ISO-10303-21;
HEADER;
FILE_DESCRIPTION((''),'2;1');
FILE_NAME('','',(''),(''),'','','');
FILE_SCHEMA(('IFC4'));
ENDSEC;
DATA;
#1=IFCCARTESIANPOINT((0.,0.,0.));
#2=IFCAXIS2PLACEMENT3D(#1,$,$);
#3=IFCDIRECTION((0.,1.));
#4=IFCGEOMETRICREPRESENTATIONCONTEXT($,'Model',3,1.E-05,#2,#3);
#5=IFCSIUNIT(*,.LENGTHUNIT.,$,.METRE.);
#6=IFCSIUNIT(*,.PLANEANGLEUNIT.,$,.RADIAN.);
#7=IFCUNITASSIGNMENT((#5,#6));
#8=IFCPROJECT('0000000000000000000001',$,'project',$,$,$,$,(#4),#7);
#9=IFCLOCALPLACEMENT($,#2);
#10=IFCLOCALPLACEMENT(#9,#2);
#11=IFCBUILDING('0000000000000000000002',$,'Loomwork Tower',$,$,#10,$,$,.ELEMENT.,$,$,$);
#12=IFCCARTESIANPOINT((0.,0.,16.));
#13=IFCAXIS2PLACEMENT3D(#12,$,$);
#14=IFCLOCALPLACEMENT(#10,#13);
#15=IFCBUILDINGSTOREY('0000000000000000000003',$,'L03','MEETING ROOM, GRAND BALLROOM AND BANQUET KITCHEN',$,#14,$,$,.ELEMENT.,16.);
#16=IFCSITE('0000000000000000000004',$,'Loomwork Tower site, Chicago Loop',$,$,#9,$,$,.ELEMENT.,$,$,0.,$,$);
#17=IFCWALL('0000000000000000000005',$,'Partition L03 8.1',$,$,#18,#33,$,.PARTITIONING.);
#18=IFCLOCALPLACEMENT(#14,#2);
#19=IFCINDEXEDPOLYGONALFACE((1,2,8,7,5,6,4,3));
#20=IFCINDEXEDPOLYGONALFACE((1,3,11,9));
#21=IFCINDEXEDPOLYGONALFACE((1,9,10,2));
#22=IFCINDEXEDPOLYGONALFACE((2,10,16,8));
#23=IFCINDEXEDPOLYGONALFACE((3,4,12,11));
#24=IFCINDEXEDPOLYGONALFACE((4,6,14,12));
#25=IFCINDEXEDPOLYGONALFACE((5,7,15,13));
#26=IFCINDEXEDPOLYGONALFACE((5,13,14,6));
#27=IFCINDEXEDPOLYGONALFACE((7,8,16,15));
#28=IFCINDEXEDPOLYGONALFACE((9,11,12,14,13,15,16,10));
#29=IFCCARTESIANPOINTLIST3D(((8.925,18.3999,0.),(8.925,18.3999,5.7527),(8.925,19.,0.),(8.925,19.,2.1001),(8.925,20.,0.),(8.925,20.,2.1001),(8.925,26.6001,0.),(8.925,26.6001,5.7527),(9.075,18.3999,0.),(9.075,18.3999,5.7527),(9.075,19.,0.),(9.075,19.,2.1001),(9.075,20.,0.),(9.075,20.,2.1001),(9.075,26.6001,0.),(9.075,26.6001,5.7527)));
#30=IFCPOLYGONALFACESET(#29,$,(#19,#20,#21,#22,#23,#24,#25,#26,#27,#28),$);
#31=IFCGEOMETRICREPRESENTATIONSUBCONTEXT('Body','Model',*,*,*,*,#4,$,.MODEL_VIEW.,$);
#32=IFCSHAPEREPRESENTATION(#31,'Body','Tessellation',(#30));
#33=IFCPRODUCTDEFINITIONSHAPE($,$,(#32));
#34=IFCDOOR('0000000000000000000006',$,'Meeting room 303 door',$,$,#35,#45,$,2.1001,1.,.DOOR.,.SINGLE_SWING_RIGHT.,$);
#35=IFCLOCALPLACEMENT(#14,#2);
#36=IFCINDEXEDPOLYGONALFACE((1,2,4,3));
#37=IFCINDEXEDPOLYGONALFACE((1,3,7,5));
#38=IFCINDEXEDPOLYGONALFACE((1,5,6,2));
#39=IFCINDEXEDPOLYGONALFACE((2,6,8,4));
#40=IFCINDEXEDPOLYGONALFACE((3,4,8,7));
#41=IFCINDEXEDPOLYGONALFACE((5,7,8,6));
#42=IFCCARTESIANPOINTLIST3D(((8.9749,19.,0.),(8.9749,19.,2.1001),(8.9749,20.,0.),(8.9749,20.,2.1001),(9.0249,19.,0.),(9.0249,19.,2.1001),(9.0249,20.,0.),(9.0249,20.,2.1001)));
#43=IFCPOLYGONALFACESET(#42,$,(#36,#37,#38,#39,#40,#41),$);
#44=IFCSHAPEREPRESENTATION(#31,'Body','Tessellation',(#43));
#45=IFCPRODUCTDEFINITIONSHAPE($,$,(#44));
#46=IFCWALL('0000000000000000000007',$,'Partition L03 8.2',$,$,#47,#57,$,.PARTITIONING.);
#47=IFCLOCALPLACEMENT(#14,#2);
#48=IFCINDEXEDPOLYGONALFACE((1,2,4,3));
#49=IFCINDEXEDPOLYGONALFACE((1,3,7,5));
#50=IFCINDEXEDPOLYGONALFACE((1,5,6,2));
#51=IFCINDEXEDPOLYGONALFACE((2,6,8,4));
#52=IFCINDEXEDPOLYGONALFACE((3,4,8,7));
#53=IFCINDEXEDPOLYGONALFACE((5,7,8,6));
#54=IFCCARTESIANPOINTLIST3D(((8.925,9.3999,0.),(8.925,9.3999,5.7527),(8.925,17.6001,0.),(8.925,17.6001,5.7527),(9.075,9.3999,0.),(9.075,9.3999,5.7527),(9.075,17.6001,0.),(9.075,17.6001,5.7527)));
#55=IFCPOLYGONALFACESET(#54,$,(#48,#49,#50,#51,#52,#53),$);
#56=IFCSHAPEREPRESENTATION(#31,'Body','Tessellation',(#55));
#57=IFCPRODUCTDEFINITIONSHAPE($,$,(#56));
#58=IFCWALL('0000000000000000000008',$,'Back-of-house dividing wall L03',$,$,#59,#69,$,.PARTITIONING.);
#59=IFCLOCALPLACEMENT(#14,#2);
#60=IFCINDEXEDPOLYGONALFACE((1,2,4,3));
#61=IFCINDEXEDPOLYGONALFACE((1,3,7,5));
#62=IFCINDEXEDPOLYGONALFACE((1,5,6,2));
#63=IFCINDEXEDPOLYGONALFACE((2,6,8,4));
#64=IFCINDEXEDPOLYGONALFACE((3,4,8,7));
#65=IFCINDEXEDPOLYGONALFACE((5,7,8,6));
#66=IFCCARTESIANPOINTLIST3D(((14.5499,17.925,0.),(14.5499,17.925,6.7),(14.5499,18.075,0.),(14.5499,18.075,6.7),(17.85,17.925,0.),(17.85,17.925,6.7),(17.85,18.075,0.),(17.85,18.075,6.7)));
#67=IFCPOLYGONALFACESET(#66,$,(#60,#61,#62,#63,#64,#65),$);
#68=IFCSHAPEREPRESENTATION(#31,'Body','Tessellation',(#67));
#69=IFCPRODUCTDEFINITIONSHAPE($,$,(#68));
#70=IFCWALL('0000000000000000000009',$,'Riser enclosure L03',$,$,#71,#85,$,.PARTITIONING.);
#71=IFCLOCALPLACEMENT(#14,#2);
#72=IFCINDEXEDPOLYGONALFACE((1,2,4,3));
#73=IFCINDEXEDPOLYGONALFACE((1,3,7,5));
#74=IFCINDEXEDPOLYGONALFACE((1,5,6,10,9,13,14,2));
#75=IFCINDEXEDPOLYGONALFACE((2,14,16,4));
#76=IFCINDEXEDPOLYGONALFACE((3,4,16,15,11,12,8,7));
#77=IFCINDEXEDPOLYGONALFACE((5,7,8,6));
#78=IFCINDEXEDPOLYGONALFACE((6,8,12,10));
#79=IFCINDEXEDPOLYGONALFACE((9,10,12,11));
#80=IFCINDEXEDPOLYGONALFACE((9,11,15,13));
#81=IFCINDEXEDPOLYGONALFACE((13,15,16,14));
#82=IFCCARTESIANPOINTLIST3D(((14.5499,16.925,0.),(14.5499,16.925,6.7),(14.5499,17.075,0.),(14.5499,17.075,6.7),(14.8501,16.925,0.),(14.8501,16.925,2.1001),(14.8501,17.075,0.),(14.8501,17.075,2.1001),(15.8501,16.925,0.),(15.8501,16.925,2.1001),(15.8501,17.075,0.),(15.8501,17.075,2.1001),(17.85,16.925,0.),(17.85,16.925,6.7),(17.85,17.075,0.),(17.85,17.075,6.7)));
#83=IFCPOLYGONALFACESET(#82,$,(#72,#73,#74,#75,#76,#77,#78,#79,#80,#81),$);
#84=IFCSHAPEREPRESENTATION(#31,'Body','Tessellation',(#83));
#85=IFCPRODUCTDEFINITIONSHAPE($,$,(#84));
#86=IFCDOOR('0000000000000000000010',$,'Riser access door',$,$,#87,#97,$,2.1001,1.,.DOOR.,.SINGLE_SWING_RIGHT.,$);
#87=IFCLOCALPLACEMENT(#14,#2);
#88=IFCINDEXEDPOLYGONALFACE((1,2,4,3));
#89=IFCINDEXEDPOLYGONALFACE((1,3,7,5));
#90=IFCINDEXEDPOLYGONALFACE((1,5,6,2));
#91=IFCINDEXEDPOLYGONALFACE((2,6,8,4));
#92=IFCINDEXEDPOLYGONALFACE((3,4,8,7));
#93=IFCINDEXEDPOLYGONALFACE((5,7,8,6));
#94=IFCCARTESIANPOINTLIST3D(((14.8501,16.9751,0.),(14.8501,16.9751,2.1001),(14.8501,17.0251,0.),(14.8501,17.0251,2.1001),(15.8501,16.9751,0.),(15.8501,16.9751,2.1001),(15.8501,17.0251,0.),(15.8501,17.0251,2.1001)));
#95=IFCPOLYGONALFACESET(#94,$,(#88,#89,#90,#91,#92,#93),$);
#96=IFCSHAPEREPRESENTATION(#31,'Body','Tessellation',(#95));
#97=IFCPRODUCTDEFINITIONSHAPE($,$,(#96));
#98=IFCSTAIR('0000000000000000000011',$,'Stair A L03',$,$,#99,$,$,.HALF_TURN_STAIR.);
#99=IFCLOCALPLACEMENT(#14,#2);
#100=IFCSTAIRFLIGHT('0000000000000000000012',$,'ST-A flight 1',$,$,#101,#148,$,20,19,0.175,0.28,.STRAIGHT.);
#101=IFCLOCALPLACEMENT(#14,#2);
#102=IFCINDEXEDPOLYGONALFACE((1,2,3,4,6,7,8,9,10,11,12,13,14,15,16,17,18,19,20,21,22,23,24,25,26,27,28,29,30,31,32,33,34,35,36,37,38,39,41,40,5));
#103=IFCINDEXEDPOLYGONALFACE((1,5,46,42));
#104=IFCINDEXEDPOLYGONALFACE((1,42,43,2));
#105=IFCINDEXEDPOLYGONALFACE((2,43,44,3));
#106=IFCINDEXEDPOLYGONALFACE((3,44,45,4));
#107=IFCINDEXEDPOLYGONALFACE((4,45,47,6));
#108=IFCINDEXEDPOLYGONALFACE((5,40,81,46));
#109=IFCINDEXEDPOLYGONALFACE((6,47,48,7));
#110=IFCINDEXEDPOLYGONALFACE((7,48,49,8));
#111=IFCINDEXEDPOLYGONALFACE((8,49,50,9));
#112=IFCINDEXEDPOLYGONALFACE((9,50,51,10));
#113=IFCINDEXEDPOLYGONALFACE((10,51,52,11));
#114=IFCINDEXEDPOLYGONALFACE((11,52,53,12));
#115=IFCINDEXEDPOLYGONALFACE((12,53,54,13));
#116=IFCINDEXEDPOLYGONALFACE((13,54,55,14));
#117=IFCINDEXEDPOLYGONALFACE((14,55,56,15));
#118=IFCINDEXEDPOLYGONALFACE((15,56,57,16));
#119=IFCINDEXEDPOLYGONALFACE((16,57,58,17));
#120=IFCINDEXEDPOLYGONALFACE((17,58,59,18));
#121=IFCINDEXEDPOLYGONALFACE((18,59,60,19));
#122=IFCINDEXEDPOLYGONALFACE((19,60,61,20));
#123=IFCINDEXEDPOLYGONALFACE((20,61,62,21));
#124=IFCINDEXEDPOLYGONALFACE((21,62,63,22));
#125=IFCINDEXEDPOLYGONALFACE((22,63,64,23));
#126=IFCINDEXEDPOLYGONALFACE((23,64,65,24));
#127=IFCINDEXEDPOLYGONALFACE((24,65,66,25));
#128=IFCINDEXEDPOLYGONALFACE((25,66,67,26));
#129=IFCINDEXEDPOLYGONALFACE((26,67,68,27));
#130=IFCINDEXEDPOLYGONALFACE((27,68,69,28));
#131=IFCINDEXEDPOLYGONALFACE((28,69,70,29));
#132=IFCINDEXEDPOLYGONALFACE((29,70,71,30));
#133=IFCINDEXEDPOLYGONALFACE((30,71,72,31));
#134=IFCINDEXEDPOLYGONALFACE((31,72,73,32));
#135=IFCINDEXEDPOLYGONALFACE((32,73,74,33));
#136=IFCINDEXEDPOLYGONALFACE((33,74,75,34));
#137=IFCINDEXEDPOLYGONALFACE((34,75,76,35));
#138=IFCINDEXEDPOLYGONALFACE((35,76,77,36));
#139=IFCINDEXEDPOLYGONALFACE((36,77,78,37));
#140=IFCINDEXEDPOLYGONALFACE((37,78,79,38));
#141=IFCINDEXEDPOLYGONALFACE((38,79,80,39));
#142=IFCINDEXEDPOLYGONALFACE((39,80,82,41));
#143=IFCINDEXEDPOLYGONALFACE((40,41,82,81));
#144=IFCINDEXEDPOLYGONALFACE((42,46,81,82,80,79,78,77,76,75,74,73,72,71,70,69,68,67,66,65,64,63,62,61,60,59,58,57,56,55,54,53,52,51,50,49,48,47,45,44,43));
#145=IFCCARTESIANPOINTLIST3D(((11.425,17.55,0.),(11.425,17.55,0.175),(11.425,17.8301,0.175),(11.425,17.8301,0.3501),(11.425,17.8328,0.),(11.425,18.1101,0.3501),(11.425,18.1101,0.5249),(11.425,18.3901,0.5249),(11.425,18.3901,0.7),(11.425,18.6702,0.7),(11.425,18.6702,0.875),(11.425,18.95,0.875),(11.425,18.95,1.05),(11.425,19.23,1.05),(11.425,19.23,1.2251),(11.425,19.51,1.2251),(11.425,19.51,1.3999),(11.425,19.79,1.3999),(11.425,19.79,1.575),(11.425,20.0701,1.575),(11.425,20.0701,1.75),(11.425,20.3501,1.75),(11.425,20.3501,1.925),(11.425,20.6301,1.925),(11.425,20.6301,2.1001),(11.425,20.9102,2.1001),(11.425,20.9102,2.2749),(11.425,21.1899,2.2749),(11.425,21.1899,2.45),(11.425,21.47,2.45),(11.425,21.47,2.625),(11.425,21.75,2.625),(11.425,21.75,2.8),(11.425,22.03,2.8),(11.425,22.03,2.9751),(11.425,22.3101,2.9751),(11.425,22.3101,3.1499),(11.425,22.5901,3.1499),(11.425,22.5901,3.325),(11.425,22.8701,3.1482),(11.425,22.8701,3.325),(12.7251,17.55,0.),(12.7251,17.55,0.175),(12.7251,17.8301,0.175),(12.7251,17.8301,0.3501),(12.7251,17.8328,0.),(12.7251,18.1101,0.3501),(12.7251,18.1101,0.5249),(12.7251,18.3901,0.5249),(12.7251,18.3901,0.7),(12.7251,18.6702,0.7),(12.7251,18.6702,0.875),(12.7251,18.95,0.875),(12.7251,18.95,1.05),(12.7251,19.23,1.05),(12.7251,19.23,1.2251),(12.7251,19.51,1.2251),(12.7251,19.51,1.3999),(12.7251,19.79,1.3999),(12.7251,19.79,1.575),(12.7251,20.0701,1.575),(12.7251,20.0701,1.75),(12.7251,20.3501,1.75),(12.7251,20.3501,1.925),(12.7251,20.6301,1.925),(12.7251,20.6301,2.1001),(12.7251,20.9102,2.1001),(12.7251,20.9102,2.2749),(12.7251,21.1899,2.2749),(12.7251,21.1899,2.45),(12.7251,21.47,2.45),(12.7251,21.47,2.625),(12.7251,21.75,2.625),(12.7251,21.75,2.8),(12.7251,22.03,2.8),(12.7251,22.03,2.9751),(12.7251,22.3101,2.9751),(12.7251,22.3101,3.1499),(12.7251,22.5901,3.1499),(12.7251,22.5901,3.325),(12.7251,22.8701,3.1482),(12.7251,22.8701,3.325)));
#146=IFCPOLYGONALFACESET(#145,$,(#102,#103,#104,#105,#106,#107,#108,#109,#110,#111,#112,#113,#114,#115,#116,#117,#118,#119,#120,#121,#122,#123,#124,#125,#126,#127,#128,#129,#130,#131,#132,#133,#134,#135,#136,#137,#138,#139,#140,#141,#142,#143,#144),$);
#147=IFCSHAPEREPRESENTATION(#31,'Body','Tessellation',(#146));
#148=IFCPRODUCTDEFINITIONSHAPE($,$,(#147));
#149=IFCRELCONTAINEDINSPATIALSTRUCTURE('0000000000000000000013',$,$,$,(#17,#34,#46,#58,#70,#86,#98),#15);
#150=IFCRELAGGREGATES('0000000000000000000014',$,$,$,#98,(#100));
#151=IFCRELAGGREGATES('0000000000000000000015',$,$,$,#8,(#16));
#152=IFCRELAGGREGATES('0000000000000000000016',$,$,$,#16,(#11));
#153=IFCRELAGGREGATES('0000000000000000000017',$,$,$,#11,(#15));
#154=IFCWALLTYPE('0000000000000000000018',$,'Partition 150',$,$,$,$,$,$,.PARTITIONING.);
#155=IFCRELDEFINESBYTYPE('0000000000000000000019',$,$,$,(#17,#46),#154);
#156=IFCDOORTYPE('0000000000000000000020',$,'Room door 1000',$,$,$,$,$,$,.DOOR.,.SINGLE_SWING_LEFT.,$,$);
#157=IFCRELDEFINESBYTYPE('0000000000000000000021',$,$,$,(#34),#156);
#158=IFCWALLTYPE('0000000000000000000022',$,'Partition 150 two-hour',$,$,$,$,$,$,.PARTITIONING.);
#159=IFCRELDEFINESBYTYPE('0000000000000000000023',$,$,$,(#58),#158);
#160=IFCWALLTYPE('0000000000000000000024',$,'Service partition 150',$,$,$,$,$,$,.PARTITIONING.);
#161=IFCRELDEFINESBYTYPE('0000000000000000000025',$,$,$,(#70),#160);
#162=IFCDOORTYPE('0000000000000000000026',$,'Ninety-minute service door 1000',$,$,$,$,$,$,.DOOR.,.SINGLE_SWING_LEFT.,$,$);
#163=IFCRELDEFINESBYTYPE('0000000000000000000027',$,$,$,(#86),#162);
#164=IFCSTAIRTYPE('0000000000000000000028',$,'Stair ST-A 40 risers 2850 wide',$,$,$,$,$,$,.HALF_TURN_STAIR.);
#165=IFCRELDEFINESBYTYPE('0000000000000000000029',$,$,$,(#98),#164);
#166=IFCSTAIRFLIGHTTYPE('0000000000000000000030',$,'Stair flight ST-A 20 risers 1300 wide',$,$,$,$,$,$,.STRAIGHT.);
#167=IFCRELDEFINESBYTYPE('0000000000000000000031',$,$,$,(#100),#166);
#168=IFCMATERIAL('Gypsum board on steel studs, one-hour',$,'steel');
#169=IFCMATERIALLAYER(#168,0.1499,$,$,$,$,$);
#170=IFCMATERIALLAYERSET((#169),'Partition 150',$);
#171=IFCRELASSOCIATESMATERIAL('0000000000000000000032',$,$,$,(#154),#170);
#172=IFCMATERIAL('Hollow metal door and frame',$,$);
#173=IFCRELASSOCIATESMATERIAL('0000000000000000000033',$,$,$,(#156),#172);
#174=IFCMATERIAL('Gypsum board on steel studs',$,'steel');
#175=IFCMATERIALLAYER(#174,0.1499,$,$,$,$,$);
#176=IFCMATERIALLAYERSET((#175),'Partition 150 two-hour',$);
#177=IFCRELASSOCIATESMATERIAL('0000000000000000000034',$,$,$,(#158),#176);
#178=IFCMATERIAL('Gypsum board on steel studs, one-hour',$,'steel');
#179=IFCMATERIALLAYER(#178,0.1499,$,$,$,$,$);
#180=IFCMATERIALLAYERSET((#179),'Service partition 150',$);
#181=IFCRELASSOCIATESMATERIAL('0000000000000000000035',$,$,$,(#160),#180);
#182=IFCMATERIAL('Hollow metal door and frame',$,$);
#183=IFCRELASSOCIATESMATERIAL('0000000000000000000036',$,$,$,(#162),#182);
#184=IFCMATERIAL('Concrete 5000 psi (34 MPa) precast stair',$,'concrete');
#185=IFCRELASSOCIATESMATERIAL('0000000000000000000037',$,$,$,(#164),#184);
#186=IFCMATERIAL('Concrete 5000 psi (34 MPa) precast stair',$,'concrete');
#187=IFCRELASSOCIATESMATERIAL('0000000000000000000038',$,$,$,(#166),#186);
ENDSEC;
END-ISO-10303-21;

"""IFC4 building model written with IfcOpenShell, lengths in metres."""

from ifc_helpers import new_model, si_unit, direction, frame, frame_2d, origin, place, context, subcontext, project, spatial, polyline, rectangle, outline, extrude, material, layer, layer_set, type_object, element, fill, aggregate, save


model = new_model("IFC4")

# Units and contexts
model_context = context("Model", 3, precision=1e-05, world=origin(), true_north=direction((0.0, 1.0)))
body_context = subcontext(model_context, "Body", "Model", "MODEL_VIEW")
ifc_project = project(units=[si_unit("LENGTHUNIT", "METRE"), si_unit("PLANEANGLEUNIT", "RADIAN")], contexts=[model_context])

# Site, building, storey
site_placement = place(None, origin())
site = spatial("IfcSite", under=ifc_project, at=site_placement, Name="Loomwork Tower site, Chicago Loop", CompositionType="ELEMENT", RefElevation=0.0)
building_placement = place(site_placement, origin())
building = spatial("IfcBuilding", under=site, at=building_placement, Name="Loomwork Tower", CompositionType="ELEMENT")
storey_placement = place(building_placement, frame((0.0, 0.0, 16.0)))
storey = spatial("IfcBuildingStorey", under=building, at=storey_placement, Name="L03", Description="MEETING ROOM, GRAND BALLROOM AND BANQUET KITCHEN", CompositionType="ELEMENT", Elevation=16.0)

# Wall, opening, door
ifc_material_1 = material(Name="Gypsum board on steel studs, one-hour", Category="steel")
ifc_layer_1 = layer(ifc_material_1, 0.1499)
ifc_layer_set_1 = layer_set([ifc_layer_1], Name="Partition 150")
wall_type_1 = type_object("IfcWallType", Name="Partition 150", PredefinedType="PARTITIONING", material=ifc_layer_set_1)
wall_1_placement = place(storey_placement, frame((9.0, 26.6001, 0.0), z_axis=(0.0, 0.0, 1.0), x_axis=(0.0, -1.0, 0.0)))
wall_1 = element("IfcWall", 1, at=wall_1_placement, inside=storey, type_object=wall_type_1, Name="Partition L03 8.1", PredefinedType="PARTITIONING", context=body_context, shape_type="SweptSolid", body=[
    extrude(rectangle(XDim=8.2002, YDim=0.1499, at=frame_2d((4.1001, 0.0))), origin(), (0.0, 0.0, 1.0), 5.7527),
])
opening_1_placement = place(wall_1_placement, frame((6.6001, 0.0, 0.0)))
opening_1 = element("IfcOpeningElement", 2, at=opening_1_placement, cuts=wall_1, PredefinedType="OPENING", context=body_context, shape_type="SweptSolid", body=[
    extrude(rectangle(XDim=1.0, YDim=2.1001, at=frame_2d((0.5, 1.05))), frame((0.0, 0.085, 0.0), z_axis=(0.0, -1.0, 0.0), x_axis=(1.0, 0.0, 0.0)), (0.0, 0.0, 1.0), 0.1699),
])
ifc_material_2 = material(Name="Hollow metal door and frame")
door_type_1 = type_object("IfcDoorType", Name="Room door 1000", OperationType="SINGLE_SWING_LEFT", PredefinedType="DOOR", material=ifc_material_2)
door_1_placement = place(opening_1_placement, origin())
door_1 = element("IfcDoor", 3, at=door_1_placement, inside=storey, type_object=door_type_1, Name="Meeting room 303 door", OperationType="SINGLE_SWING_RIGHT", OverallHeight=2.1001, OverallWidth=1.0, PredefinedType="DOOR", context=body_context, shape_type="SweptSolid", body=[
    extrude(rectangle(XDim=1.0, YDim=2.1001, at=frame_2d((0.5, 1.05))), frame((0.0, 0.0249, 0.0), z_axis=(0.0, -1.0, 0.0), x_axis=(1.0, 0.0, 0.0)), (0.0, 0.0, 1.0), 0.05),
])
fill(opening_1, door_1)

# Walls
wall_2_placement = place(storey_placement, frame((9.0, 17.6001, 0.0), z_axis=(0.0, 0.0, 1.0), x_axis=(0.0, -1.0, 0.0)))
element("IfcWall", 4, at=wall_2_placement, inside=storey, type_object=wall_type_1, Name="Partition L03 8.2", PredefinedType="PARTITIONING", context=body_context, shape_type="SweptSolid", body=[
    extrude(rectangle(XDim=8.2002, YDim=0.1499, at=frame_2d((4.1001, 0.0))), origin(), (0.0, 0.0, 1.0), 5.7527),
])
ifc_material_3 = material(Name="Gypsum board on steel studs", Category="steel")
ifc_layer_2 = layer(ifc_material_3, 0.1499)
ifc_layer_set_2 = layer_set([ifc_layer_2], Name="Partition 150 two-hour")
wall_type_2 = type_object("IfcWallType", Name="Partition 150 two-hour", PredefinedType="PARTITIONING", material=ifc_layer_set_2)
wall_3_placement = place(storey_placement, frame((14.55, 18.0, 0.0), z_axis=(0.0, 0.0, 1.0), x_axis=(1.0, 0.0, 0.0)))
element("IfcWall", 5, at=wall_3_placement, inside=storey, type_object=wall_type_2, Name="Back-of-house dividing wall L03", PredefinedType="PARTITIONING", context=body_context, shape_type="SweptSolid", body=[
    extrude(rectangle(XDim=3.3, YDim=0.1499, at=frame_2d((1.6499, 0.0))), origin(), (0.0, 0.0, 1.0), 6.7),
])

# Wall, opening, door
ifc_material_4 = material(Name="Gypsum board on steel studs, one-hour", Category="steel")
ifc_layer_3 = layer(ifc_material_4, 0.1499)
ifc_layer_set_3 = layer_set([ifc_layer_3], Name="Service partition 150")
wall_type_3 = type_object("IfcWallType", Name="Service partition 150", PredefinedType="PARTITIONING", material=ifc_layer_set_3)
wall_4_placement = place(storey_placement, frame((14.55, 17.0, 0.0), z_axis=(0.0, 0.0, 1.0), x_axis=(1.0, 0.0, 0.0)))
wall_4 = element("IfcWall", 6, at=wall_4_placement, inside=storey, type_object=wall_type_3, Name="Riser enclosure L03", PredefinedType="PARTITIONING", context=body_context, shape_type="SweptSolid", body=[
    extrude(rectangle(XDim=3.3, YDim=0.1499, at=frame_2d((1.6499, 0.0))), origin(), (0.0, 0.0, 1.0), 6.7),
])
opening_2_placement = place(wall_4_placement, frame((0.3, 0.0, 0.0)))
opening_2 = element("IfcOpeningElement", 7, at=opening_2_placement, cuts=wall_4, PredefinedType="OPENING", context=body_context, shape_type="SweptSolid", body=[
    extrude(rectangle(XDim=1.0, YDim=2.1001, at=frame_2d((0.5, 1.05))), frame((0.0, 0.085, 0.0), z_axis=(0.0, -1.0, 0.0), x_axis=(1.0, 0.0, 0.0)), (0.0, 0.0, 1.0), 0.1699),
])
ifc_material_5 = material(Name="Hollow metal door and frame")
door_type_2 = type_object("IfcDoorType", Name="Ninety-minute service door 1000", OperationType="SINGLE_SWING_LEFT", PredefinedType="DOOR", material=ifc_material_5)
door_2_placement = place(opening_2_placement, frame((1.0, 0.0, 0.0), z_axis=(0.0, 0.0, 1.0), x_axis=(-1.0, 0.0, 0.0)))
door_2 = element("IfcDoor", 8, at=door_2_placement, inside=storey, type_object=door_type_2, Name="Riser access door", OperationType="SINGLE_SWING_RIGHT", OverallHeight=2.1001, OverallWidth=1.0, PredefinedType="DOOR", context=body_context, shape_type="SweptSolid", body=[
    extrude(rectangle(XDim=1.0, YDim=2.1001, at=frame_2d((0.5, 1.05))), frame((0.0, 0.0249, 0.0), z_axis=(0.0, -1.0, 0.0), x_axis=(1.0, 0.0, 0.0)), (0.0, 0.0, 1.0), 0.05),
])
fill(opening_2, door_2)

# Stair, stair flight
ifc_material_6 = material(Name="Concrete 5000 psi (34 MPa) precast stair", Category="concrete")
stair_type = type_object("IfcStairType", Name="Stair ST-A 40 risers 2850 wide", PredefinedType="HALF_TURN_STAIR", material=ifc_material_6)
stair_placement = place(storey_placement, origin())
stair = element("IfcStair", 9, at=stair_placement, inside=storey, type_object=stair_type, Name="Stair A L03", PredefinedType="HALF_TURN_STAIR")
ifc_material_7 = material(Name="Concrete 5000 psi (34 MPa) precast stair", Category="concrete")
stair_flight_type = type_object("IfcStairFlightType", Name="Stair flight ST-A 20 risers 1300 wide", PredefinedType="STRAIGHT", material=ifc_material_7)
stair_flight_1_placement = place(storey_placement, frame((12.075, 17.55, 0.0), z_axis=(0.0, 0.0, 1.0), x_axis=(0.0, 1.0, 0.0)))
stair_flight_1 = element("IfcStairFlight", 10, at=stair_flight_1_placement, type_object=stair_flight_type, Name="ST-A flight 1", NumberOfRisers=20, NumberOfTreads=19, PredefinedType="STRAIGHT", RiserHeight=0.175, TreadLength=0.28, context=body_context, shape_type="SweptSolid", body=[
    extrude(outline(polyline([(0.0, 0.0), (0.0, 0.175), (0.28, 0.175), (0.28, 0.3501), (0.5601, 0.3501), (0.5601, 0.5249), (0.8401, 0.5249), (0.8401, 0.7), (1.1201, 0.7), (1.1201, 0.875), (1.3999, 0.875), (1.3999, 1.05), (1.6799, 1.05), (1.6799, 1.2251), (1.96, 1.2251), (1.96, 1.3999), (2.24, 1.3999), (2.24, 1.575), (2.52, 1.575), (2.52, 1.75), (2.8, 1.75), (2.8, 1.925), (3.0801, 1.925), (3.0801, 2.1001), (3.3601, 2.1001), (3.3601, 2.2749), (3.6399, 2.2749), (3.6399, 2.45), (3.9199, 2.45), (3.9199, 2.625), (4.2, 2.625), (4.2, 2.8), (4.48, 2.8), (4.48, 2.9751), (4.76, 2.9751), (4.76, 3.1499), (5.04, 3.1499), (5.04, 3.325), (5.3201, 3.325), (5.3201, 3.5), (5.3201, 3.1482), (0.2827, 0.0), (0.0, 0.0)])), frame((0.0, 0.6499, 0.0), z_axis=(0.0, -1.0, 0.0), x_axis=(1.0, 0.0, 0.0)), (0.0, 0.0, 1.0), 1.3),
])
aggregate(stair, [stair_flight_1])

save(model, "model.ifc")
